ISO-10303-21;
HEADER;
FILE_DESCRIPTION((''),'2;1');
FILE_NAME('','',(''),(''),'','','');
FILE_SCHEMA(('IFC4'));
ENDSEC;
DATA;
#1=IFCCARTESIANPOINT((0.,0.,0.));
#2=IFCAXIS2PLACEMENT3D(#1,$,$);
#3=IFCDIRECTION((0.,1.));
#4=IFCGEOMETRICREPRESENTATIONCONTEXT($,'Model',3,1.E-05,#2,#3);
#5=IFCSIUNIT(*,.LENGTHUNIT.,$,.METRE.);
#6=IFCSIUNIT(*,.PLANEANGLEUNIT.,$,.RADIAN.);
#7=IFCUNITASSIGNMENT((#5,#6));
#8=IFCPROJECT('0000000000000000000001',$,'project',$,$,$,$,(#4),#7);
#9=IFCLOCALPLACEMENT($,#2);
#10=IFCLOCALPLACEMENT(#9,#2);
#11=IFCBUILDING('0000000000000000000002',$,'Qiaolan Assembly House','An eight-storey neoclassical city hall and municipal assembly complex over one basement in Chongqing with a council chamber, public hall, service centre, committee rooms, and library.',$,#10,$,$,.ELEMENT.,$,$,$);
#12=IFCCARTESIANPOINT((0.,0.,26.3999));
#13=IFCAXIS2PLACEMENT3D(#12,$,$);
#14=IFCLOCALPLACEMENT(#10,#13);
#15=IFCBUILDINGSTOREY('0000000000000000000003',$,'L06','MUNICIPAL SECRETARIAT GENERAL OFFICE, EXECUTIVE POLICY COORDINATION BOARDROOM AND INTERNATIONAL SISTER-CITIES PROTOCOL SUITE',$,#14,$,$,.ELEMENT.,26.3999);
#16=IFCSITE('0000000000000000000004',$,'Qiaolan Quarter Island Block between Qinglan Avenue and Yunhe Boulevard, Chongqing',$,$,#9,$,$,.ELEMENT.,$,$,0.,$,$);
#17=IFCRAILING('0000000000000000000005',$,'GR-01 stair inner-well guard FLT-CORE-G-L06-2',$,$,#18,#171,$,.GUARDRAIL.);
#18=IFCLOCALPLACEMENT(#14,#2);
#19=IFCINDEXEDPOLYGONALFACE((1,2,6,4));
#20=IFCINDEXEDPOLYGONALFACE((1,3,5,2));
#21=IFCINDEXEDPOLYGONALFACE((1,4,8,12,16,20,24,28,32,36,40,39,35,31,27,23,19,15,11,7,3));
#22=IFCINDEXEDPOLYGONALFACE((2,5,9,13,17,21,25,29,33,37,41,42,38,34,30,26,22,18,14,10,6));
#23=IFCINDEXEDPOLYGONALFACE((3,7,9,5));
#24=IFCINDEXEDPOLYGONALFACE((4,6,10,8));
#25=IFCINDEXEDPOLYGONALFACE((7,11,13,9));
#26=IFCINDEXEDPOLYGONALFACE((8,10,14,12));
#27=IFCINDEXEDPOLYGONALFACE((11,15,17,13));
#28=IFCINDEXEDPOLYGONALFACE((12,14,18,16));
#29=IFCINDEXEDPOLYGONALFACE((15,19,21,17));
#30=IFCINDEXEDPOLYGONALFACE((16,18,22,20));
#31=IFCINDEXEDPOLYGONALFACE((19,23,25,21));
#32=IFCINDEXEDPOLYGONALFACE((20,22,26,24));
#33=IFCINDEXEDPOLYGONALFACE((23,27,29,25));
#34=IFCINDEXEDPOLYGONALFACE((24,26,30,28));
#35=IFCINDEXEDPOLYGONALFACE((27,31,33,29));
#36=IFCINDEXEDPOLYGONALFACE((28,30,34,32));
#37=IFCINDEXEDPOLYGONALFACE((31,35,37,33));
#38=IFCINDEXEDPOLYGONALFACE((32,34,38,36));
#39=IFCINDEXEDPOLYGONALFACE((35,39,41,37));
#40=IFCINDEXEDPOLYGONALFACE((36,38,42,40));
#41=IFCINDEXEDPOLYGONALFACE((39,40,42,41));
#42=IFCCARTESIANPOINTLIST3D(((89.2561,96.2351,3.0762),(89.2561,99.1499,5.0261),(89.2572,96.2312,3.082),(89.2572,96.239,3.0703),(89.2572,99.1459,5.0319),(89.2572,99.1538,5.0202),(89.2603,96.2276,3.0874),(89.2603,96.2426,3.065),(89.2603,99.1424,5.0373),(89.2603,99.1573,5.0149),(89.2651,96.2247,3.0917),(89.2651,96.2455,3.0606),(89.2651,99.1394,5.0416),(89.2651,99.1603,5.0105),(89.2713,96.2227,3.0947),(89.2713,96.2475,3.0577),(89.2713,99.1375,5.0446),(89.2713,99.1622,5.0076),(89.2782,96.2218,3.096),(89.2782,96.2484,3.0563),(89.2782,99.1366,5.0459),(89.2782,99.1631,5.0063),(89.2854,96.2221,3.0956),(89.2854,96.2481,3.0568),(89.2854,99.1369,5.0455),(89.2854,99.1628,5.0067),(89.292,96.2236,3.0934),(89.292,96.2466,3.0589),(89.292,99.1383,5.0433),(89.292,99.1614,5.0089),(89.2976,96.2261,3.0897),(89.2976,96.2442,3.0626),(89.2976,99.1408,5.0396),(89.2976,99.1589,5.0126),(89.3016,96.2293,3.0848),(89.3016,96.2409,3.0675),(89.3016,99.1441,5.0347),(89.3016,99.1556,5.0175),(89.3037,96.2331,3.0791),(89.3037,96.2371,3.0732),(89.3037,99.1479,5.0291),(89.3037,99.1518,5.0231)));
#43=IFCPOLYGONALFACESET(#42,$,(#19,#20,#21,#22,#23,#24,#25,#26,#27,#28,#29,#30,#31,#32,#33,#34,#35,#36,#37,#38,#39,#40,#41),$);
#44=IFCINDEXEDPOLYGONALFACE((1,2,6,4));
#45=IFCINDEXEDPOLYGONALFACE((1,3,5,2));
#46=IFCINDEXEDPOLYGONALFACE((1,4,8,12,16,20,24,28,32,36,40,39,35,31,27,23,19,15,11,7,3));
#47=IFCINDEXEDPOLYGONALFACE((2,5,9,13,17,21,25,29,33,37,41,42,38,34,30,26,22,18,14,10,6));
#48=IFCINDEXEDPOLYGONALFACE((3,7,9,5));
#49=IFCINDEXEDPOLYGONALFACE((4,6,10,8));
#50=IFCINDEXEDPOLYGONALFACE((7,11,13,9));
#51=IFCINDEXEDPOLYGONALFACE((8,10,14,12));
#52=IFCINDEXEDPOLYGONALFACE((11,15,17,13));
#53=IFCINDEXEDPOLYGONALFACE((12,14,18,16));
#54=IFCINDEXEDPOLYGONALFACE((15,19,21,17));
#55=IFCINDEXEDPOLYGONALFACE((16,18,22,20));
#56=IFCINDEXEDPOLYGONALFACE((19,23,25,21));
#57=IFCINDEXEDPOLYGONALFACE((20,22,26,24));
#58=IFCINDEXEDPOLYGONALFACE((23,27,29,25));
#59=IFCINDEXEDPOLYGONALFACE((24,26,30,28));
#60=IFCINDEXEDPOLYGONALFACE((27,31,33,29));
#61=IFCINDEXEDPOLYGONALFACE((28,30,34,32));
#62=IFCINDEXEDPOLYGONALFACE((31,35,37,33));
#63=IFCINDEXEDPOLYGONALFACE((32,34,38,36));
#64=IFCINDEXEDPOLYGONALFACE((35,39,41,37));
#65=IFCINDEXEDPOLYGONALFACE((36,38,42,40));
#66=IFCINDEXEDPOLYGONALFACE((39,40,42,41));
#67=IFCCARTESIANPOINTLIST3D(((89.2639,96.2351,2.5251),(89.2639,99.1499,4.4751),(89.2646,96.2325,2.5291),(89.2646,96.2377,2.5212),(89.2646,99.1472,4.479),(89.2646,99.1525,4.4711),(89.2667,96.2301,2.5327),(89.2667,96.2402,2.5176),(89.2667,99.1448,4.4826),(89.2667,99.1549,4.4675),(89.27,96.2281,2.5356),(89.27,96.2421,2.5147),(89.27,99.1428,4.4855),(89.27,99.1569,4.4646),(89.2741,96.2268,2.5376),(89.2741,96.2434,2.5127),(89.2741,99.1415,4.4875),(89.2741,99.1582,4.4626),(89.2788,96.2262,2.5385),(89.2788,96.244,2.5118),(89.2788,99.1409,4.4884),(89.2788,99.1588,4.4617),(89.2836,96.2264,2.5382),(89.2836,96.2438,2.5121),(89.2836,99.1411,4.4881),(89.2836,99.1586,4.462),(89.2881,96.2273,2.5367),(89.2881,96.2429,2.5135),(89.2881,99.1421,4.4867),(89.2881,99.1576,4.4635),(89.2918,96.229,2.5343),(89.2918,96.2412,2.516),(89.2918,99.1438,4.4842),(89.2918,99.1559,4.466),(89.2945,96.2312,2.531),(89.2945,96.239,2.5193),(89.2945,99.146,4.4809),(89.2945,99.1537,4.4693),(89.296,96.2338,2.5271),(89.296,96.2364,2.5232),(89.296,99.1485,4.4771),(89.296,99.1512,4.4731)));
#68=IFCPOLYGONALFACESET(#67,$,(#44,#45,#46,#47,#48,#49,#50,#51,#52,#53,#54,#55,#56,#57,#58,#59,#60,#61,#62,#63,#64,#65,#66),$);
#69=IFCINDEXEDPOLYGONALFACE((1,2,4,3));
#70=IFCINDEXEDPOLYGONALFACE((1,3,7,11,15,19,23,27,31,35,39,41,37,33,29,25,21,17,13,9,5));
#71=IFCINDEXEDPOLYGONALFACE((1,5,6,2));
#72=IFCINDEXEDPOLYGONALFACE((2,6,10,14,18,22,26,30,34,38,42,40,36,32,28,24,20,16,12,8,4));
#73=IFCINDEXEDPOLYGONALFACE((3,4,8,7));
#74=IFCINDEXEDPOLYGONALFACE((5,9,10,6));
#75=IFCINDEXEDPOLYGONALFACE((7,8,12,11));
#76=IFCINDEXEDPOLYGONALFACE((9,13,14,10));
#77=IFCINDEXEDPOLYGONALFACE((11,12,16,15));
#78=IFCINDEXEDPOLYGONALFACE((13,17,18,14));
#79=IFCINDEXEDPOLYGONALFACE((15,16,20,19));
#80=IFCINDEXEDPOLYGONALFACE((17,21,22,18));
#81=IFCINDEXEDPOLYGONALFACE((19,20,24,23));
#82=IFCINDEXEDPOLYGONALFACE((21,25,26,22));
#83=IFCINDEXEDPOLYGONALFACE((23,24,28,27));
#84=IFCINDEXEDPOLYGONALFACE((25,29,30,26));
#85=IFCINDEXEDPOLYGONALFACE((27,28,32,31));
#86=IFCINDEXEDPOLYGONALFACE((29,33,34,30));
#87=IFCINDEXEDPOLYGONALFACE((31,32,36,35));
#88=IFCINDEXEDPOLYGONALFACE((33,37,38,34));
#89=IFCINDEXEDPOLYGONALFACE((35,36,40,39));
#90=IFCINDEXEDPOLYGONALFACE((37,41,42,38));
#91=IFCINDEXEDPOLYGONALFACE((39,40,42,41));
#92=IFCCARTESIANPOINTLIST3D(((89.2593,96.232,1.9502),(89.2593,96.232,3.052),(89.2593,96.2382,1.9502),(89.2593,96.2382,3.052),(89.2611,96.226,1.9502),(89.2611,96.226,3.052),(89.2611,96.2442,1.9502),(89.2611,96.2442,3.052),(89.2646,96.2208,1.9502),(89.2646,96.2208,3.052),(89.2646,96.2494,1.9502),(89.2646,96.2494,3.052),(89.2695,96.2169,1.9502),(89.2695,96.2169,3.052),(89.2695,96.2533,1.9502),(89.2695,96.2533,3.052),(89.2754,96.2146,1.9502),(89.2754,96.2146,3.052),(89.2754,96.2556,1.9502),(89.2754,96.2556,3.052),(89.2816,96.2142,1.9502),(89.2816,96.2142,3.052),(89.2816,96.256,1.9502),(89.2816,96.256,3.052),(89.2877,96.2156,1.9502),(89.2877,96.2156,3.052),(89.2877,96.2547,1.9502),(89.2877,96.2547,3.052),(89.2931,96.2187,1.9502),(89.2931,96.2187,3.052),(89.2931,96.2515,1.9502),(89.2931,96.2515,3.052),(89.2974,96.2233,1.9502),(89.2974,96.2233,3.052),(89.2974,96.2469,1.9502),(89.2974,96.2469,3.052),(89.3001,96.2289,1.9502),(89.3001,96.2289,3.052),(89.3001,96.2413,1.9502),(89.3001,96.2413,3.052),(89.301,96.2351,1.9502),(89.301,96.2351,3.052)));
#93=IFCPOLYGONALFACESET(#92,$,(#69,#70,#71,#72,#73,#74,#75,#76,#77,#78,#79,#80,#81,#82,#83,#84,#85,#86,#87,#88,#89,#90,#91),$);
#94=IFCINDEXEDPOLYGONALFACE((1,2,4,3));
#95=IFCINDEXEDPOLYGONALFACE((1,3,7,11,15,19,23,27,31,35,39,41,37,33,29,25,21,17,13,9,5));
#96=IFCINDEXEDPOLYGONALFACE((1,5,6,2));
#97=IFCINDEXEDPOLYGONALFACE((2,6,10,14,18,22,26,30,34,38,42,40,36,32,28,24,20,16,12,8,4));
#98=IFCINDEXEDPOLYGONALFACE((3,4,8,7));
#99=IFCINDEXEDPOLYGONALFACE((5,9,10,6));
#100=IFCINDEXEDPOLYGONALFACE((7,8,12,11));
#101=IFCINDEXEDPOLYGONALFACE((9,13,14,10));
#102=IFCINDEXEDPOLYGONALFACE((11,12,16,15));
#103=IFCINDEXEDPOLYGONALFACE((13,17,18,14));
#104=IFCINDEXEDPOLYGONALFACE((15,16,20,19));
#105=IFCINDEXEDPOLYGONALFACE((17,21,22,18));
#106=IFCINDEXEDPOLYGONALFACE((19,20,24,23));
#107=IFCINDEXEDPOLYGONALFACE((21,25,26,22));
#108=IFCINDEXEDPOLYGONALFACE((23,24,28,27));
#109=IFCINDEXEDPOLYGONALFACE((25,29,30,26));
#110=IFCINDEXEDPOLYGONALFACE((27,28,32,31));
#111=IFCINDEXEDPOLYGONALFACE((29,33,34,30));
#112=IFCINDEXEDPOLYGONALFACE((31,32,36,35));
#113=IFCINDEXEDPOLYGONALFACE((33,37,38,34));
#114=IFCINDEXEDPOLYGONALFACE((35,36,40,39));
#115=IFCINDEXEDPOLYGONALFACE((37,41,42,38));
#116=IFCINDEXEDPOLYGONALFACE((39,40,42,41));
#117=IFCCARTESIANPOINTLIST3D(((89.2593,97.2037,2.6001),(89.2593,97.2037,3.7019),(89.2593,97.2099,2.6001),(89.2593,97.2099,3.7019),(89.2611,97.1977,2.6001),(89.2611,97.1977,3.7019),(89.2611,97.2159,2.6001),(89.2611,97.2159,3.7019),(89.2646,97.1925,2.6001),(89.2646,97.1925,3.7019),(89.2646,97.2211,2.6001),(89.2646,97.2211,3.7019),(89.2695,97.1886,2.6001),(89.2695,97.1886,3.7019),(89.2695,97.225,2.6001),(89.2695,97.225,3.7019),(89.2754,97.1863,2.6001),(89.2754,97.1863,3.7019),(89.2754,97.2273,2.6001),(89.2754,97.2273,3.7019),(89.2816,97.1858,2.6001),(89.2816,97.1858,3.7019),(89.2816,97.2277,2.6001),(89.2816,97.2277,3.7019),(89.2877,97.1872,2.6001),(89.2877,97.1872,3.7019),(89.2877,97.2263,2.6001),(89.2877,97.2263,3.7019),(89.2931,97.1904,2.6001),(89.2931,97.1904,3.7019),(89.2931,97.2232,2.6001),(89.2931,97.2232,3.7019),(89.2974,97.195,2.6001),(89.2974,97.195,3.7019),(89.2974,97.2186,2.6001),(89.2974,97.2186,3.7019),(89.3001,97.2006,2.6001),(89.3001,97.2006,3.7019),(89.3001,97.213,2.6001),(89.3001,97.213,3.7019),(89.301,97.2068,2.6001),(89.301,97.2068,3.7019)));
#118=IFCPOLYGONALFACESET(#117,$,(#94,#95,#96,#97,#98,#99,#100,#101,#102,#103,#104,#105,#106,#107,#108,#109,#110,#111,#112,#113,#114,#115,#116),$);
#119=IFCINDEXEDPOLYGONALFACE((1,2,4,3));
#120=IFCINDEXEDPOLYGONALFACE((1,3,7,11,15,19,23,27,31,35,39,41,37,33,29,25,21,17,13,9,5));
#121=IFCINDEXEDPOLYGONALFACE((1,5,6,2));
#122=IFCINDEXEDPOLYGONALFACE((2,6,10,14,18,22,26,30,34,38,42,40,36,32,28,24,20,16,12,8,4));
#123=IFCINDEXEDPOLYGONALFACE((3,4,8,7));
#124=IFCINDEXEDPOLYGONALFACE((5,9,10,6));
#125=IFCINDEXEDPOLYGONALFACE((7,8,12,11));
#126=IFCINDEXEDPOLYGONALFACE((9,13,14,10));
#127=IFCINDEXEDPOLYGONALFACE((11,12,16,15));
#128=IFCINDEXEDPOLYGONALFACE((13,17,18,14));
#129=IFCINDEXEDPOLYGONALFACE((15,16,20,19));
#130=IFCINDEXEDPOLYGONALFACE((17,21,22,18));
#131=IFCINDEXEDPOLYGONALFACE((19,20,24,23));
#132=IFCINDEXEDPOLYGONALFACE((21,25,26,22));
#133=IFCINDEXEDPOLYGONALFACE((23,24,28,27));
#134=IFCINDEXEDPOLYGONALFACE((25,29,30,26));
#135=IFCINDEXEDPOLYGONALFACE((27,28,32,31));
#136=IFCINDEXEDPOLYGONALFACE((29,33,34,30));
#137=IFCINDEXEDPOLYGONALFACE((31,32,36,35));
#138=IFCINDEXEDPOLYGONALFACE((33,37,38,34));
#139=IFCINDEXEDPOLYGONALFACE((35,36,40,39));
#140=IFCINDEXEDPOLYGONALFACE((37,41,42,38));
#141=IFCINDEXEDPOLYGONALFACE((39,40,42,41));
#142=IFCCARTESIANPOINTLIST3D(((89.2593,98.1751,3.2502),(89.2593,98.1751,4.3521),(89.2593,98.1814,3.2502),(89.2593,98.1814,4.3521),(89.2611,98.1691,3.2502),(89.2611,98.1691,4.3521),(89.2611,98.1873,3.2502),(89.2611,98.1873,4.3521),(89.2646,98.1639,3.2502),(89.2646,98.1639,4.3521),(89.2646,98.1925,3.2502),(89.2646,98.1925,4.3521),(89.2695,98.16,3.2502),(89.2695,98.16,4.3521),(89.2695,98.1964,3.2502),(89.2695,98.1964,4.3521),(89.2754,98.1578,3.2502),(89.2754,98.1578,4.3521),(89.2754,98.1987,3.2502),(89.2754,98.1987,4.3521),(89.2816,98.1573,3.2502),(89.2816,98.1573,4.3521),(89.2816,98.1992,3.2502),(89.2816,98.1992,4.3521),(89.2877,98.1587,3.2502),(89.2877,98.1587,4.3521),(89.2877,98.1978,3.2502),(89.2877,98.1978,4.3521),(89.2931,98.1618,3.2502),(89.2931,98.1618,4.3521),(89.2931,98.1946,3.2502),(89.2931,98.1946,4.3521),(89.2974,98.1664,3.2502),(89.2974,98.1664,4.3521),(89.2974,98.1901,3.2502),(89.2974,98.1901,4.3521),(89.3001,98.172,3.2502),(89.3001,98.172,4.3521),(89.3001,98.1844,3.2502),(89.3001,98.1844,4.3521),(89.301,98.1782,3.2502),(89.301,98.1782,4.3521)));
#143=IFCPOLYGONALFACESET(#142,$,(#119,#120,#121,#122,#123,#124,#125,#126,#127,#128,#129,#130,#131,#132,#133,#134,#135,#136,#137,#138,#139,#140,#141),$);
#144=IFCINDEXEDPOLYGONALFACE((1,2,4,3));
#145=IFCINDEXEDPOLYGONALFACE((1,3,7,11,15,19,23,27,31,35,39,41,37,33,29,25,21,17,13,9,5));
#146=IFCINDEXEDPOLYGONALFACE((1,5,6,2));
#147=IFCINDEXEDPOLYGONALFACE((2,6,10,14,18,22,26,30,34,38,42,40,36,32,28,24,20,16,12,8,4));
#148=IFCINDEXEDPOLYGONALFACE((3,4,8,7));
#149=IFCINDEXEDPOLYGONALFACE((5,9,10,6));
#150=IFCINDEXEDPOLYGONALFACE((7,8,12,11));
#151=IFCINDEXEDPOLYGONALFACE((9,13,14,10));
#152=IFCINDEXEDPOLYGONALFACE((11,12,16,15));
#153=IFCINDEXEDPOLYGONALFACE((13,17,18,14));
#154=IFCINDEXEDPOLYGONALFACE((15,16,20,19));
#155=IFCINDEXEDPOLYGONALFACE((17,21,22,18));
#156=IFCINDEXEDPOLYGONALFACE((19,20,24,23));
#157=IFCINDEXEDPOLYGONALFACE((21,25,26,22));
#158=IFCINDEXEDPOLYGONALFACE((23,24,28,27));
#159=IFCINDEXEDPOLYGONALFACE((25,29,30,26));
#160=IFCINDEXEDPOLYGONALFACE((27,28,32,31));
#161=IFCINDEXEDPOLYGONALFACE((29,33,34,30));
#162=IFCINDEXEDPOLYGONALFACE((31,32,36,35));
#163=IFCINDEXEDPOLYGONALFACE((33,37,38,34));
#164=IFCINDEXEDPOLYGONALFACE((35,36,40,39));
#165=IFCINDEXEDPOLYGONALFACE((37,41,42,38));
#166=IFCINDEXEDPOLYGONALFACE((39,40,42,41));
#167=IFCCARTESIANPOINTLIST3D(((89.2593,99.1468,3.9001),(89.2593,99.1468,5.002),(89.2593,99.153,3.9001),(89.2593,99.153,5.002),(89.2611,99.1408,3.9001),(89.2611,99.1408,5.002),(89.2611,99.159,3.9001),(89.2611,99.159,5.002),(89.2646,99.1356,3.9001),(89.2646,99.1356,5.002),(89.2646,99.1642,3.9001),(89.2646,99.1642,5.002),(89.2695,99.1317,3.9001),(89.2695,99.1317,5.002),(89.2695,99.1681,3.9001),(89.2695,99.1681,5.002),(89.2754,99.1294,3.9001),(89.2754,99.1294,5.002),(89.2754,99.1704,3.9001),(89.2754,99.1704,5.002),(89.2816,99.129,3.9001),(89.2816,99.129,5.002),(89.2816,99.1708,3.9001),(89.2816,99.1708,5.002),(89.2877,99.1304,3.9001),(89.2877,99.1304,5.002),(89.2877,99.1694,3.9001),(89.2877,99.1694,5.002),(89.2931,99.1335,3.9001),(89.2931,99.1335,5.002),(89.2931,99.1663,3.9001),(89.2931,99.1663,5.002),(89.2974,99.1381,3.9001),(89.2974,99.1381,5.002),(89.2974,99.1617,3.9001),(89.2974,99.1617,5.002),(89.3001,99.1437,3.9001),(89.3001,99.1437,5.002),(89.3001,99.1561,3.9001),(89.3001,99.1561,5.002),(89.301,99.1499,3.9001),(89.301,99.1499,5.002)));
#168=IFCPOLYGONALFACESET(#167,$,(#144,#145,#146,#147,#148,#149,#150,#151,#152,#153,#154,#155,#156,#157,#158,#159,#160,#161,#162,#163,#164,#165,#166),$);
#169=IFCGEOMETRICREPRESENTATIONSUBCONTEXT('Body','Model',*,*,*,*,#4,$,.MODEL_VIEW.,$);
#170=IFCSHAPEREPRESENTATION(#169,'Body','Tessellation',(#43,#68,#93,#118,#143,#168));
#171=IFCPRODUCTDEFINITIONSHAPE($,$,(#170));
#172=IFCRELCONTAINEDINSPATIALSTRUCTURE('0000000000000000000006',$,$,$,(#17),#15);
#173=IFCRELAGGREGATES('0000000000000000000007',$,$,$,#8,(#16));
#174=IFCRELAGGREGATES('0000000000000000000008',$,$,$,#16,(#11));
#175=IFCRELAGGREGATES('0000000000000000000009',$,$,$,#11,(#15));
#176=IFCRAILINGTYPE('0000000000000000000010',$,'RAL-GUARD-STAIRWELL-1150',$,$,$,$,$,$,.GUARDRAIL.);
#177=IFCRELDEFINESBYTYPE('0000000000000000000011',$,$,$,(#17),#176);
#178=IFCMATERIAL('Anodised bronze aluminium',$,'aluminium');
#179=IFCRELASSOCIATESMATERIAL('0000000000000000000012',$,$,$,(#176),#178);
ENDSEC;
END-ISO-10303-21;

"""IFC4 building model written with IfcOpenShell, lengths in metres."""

from ifc_helpers import new_model, si_unit, direction, frame, origin, origin_2d, place, context, subcontext, project, spatial, circle, extrude, material, type_object, element, save


model = new_model("IFC4")

# Units and contexts
model_context = context("Model", 3, precision=1e-05, world=origin(), true_north=direction((0.0, 1.0)))
body_context = subcontext(model_context, "Body", "Model", "MODEL_VIEW")
ifc_project = project(units=[si_unit("LENGTHUNIT", "METRE"), si_unit("PLANEANGLEUNIT", "RADIAN")], contexts=[model_context])

# Site, building, storey
site_placement = place(None, origin())
site = spatial("IfcSite", under=ifc_project, at=site_placement, Name="Qiaolan Quarter Island Block between Qinglan Avenue and Yunhe Boulevard, Chongqing", CompositionType="ELEMENT", RefElevation=0.0)
building_placement = place(site_placement, origin())
building = spatial("IfcBuilding", under=site, at=building_placement, Name="Qiaolan Assembly House", Description="An eight-storey neoclassical city hall and municipal assembly complex over one basement in Chongqing with a council chamber, public hall, service centre, committee rooms, and library.", CompositionType="ELEMENT")
storey_placement = place(building_placement, frame((0.0, 0.0, 26.3999)))
storey = spatial("IfcBuildingStorey", under=building, at=storey_placement, Name="L06", Description="MUNICIPAL SECRETARIAT GENERAL OFFICE, EXECUTIVE POLICY COORDINATION BOARDROOM AND INTERNATIONAL SISTER-CITIES PROTOCOL SUITE", CompositionType="ELEMENT", Elevation=26.3999)

# Railing
ifc_material_1 = material(Name="Anodised bronze aluminium", Category="aluminium")
railing_type_1 = type_object("IfcRailingType", Name="RAL-GUARD-STAIRWELL-1150", PredefinedType="GUARDRAIL", material=ifc_material_1)
railing_1_placement = place(storey_placement, frame((89.28, 96.2351, 1.9502)))
element("IfcRailing", 1, at=railing_1_placement, inside=storey, type_object=railing_type_1, Name="GR-01 stair inner-well guard FLT-CORE-G-L06-2", PredefinedType="GUARDRAIL", context=body_context, shape_type="SweptSolid", body=[
    extrude(circle(Radius=0.0239, at=origin_2d()), frame((0.0, 0.0, 1.126), z_axis=(0.0, 0.83116, 0.556033), x_axis=(-1.0, 0.0, 0.0)), (0.0, 0.0, 1.0), 3.5068),
    extrude(circle(Radius=0.0161, at=origin_2d()), frame((0.0, 0.0, 0.575), z_axis=(0.0, 0.83116, 0.556033), x_axis=(-1.0, 0.0, 0.0)), (0.0, 0.0, 1.0), 3.5068),
    extrude(circle(Radius=0.021, at=origin_2d()), origin(), (0.0, 0.0, 1.0), 1.1018),
    extrude(circle(Radius=0.021, at=origin_2d()), frame((0.0, 0.9717, 0.6499)), (0.0, 0.0, 1.0), 1.1018),
    extrude(circle(Radius=0.021, at=origin_2d()), frame((0.0, 1.9431, 1.3)), (0.0, 0.0, 1.0), 1.1018),
    extrude(circle(Radius=0.021, at=origin_2d()), frame((0.0, 2.9148, 1.95)), (0.0, 0.0, 1.0), 1.1018),
])

save(model, "model.ifc")
